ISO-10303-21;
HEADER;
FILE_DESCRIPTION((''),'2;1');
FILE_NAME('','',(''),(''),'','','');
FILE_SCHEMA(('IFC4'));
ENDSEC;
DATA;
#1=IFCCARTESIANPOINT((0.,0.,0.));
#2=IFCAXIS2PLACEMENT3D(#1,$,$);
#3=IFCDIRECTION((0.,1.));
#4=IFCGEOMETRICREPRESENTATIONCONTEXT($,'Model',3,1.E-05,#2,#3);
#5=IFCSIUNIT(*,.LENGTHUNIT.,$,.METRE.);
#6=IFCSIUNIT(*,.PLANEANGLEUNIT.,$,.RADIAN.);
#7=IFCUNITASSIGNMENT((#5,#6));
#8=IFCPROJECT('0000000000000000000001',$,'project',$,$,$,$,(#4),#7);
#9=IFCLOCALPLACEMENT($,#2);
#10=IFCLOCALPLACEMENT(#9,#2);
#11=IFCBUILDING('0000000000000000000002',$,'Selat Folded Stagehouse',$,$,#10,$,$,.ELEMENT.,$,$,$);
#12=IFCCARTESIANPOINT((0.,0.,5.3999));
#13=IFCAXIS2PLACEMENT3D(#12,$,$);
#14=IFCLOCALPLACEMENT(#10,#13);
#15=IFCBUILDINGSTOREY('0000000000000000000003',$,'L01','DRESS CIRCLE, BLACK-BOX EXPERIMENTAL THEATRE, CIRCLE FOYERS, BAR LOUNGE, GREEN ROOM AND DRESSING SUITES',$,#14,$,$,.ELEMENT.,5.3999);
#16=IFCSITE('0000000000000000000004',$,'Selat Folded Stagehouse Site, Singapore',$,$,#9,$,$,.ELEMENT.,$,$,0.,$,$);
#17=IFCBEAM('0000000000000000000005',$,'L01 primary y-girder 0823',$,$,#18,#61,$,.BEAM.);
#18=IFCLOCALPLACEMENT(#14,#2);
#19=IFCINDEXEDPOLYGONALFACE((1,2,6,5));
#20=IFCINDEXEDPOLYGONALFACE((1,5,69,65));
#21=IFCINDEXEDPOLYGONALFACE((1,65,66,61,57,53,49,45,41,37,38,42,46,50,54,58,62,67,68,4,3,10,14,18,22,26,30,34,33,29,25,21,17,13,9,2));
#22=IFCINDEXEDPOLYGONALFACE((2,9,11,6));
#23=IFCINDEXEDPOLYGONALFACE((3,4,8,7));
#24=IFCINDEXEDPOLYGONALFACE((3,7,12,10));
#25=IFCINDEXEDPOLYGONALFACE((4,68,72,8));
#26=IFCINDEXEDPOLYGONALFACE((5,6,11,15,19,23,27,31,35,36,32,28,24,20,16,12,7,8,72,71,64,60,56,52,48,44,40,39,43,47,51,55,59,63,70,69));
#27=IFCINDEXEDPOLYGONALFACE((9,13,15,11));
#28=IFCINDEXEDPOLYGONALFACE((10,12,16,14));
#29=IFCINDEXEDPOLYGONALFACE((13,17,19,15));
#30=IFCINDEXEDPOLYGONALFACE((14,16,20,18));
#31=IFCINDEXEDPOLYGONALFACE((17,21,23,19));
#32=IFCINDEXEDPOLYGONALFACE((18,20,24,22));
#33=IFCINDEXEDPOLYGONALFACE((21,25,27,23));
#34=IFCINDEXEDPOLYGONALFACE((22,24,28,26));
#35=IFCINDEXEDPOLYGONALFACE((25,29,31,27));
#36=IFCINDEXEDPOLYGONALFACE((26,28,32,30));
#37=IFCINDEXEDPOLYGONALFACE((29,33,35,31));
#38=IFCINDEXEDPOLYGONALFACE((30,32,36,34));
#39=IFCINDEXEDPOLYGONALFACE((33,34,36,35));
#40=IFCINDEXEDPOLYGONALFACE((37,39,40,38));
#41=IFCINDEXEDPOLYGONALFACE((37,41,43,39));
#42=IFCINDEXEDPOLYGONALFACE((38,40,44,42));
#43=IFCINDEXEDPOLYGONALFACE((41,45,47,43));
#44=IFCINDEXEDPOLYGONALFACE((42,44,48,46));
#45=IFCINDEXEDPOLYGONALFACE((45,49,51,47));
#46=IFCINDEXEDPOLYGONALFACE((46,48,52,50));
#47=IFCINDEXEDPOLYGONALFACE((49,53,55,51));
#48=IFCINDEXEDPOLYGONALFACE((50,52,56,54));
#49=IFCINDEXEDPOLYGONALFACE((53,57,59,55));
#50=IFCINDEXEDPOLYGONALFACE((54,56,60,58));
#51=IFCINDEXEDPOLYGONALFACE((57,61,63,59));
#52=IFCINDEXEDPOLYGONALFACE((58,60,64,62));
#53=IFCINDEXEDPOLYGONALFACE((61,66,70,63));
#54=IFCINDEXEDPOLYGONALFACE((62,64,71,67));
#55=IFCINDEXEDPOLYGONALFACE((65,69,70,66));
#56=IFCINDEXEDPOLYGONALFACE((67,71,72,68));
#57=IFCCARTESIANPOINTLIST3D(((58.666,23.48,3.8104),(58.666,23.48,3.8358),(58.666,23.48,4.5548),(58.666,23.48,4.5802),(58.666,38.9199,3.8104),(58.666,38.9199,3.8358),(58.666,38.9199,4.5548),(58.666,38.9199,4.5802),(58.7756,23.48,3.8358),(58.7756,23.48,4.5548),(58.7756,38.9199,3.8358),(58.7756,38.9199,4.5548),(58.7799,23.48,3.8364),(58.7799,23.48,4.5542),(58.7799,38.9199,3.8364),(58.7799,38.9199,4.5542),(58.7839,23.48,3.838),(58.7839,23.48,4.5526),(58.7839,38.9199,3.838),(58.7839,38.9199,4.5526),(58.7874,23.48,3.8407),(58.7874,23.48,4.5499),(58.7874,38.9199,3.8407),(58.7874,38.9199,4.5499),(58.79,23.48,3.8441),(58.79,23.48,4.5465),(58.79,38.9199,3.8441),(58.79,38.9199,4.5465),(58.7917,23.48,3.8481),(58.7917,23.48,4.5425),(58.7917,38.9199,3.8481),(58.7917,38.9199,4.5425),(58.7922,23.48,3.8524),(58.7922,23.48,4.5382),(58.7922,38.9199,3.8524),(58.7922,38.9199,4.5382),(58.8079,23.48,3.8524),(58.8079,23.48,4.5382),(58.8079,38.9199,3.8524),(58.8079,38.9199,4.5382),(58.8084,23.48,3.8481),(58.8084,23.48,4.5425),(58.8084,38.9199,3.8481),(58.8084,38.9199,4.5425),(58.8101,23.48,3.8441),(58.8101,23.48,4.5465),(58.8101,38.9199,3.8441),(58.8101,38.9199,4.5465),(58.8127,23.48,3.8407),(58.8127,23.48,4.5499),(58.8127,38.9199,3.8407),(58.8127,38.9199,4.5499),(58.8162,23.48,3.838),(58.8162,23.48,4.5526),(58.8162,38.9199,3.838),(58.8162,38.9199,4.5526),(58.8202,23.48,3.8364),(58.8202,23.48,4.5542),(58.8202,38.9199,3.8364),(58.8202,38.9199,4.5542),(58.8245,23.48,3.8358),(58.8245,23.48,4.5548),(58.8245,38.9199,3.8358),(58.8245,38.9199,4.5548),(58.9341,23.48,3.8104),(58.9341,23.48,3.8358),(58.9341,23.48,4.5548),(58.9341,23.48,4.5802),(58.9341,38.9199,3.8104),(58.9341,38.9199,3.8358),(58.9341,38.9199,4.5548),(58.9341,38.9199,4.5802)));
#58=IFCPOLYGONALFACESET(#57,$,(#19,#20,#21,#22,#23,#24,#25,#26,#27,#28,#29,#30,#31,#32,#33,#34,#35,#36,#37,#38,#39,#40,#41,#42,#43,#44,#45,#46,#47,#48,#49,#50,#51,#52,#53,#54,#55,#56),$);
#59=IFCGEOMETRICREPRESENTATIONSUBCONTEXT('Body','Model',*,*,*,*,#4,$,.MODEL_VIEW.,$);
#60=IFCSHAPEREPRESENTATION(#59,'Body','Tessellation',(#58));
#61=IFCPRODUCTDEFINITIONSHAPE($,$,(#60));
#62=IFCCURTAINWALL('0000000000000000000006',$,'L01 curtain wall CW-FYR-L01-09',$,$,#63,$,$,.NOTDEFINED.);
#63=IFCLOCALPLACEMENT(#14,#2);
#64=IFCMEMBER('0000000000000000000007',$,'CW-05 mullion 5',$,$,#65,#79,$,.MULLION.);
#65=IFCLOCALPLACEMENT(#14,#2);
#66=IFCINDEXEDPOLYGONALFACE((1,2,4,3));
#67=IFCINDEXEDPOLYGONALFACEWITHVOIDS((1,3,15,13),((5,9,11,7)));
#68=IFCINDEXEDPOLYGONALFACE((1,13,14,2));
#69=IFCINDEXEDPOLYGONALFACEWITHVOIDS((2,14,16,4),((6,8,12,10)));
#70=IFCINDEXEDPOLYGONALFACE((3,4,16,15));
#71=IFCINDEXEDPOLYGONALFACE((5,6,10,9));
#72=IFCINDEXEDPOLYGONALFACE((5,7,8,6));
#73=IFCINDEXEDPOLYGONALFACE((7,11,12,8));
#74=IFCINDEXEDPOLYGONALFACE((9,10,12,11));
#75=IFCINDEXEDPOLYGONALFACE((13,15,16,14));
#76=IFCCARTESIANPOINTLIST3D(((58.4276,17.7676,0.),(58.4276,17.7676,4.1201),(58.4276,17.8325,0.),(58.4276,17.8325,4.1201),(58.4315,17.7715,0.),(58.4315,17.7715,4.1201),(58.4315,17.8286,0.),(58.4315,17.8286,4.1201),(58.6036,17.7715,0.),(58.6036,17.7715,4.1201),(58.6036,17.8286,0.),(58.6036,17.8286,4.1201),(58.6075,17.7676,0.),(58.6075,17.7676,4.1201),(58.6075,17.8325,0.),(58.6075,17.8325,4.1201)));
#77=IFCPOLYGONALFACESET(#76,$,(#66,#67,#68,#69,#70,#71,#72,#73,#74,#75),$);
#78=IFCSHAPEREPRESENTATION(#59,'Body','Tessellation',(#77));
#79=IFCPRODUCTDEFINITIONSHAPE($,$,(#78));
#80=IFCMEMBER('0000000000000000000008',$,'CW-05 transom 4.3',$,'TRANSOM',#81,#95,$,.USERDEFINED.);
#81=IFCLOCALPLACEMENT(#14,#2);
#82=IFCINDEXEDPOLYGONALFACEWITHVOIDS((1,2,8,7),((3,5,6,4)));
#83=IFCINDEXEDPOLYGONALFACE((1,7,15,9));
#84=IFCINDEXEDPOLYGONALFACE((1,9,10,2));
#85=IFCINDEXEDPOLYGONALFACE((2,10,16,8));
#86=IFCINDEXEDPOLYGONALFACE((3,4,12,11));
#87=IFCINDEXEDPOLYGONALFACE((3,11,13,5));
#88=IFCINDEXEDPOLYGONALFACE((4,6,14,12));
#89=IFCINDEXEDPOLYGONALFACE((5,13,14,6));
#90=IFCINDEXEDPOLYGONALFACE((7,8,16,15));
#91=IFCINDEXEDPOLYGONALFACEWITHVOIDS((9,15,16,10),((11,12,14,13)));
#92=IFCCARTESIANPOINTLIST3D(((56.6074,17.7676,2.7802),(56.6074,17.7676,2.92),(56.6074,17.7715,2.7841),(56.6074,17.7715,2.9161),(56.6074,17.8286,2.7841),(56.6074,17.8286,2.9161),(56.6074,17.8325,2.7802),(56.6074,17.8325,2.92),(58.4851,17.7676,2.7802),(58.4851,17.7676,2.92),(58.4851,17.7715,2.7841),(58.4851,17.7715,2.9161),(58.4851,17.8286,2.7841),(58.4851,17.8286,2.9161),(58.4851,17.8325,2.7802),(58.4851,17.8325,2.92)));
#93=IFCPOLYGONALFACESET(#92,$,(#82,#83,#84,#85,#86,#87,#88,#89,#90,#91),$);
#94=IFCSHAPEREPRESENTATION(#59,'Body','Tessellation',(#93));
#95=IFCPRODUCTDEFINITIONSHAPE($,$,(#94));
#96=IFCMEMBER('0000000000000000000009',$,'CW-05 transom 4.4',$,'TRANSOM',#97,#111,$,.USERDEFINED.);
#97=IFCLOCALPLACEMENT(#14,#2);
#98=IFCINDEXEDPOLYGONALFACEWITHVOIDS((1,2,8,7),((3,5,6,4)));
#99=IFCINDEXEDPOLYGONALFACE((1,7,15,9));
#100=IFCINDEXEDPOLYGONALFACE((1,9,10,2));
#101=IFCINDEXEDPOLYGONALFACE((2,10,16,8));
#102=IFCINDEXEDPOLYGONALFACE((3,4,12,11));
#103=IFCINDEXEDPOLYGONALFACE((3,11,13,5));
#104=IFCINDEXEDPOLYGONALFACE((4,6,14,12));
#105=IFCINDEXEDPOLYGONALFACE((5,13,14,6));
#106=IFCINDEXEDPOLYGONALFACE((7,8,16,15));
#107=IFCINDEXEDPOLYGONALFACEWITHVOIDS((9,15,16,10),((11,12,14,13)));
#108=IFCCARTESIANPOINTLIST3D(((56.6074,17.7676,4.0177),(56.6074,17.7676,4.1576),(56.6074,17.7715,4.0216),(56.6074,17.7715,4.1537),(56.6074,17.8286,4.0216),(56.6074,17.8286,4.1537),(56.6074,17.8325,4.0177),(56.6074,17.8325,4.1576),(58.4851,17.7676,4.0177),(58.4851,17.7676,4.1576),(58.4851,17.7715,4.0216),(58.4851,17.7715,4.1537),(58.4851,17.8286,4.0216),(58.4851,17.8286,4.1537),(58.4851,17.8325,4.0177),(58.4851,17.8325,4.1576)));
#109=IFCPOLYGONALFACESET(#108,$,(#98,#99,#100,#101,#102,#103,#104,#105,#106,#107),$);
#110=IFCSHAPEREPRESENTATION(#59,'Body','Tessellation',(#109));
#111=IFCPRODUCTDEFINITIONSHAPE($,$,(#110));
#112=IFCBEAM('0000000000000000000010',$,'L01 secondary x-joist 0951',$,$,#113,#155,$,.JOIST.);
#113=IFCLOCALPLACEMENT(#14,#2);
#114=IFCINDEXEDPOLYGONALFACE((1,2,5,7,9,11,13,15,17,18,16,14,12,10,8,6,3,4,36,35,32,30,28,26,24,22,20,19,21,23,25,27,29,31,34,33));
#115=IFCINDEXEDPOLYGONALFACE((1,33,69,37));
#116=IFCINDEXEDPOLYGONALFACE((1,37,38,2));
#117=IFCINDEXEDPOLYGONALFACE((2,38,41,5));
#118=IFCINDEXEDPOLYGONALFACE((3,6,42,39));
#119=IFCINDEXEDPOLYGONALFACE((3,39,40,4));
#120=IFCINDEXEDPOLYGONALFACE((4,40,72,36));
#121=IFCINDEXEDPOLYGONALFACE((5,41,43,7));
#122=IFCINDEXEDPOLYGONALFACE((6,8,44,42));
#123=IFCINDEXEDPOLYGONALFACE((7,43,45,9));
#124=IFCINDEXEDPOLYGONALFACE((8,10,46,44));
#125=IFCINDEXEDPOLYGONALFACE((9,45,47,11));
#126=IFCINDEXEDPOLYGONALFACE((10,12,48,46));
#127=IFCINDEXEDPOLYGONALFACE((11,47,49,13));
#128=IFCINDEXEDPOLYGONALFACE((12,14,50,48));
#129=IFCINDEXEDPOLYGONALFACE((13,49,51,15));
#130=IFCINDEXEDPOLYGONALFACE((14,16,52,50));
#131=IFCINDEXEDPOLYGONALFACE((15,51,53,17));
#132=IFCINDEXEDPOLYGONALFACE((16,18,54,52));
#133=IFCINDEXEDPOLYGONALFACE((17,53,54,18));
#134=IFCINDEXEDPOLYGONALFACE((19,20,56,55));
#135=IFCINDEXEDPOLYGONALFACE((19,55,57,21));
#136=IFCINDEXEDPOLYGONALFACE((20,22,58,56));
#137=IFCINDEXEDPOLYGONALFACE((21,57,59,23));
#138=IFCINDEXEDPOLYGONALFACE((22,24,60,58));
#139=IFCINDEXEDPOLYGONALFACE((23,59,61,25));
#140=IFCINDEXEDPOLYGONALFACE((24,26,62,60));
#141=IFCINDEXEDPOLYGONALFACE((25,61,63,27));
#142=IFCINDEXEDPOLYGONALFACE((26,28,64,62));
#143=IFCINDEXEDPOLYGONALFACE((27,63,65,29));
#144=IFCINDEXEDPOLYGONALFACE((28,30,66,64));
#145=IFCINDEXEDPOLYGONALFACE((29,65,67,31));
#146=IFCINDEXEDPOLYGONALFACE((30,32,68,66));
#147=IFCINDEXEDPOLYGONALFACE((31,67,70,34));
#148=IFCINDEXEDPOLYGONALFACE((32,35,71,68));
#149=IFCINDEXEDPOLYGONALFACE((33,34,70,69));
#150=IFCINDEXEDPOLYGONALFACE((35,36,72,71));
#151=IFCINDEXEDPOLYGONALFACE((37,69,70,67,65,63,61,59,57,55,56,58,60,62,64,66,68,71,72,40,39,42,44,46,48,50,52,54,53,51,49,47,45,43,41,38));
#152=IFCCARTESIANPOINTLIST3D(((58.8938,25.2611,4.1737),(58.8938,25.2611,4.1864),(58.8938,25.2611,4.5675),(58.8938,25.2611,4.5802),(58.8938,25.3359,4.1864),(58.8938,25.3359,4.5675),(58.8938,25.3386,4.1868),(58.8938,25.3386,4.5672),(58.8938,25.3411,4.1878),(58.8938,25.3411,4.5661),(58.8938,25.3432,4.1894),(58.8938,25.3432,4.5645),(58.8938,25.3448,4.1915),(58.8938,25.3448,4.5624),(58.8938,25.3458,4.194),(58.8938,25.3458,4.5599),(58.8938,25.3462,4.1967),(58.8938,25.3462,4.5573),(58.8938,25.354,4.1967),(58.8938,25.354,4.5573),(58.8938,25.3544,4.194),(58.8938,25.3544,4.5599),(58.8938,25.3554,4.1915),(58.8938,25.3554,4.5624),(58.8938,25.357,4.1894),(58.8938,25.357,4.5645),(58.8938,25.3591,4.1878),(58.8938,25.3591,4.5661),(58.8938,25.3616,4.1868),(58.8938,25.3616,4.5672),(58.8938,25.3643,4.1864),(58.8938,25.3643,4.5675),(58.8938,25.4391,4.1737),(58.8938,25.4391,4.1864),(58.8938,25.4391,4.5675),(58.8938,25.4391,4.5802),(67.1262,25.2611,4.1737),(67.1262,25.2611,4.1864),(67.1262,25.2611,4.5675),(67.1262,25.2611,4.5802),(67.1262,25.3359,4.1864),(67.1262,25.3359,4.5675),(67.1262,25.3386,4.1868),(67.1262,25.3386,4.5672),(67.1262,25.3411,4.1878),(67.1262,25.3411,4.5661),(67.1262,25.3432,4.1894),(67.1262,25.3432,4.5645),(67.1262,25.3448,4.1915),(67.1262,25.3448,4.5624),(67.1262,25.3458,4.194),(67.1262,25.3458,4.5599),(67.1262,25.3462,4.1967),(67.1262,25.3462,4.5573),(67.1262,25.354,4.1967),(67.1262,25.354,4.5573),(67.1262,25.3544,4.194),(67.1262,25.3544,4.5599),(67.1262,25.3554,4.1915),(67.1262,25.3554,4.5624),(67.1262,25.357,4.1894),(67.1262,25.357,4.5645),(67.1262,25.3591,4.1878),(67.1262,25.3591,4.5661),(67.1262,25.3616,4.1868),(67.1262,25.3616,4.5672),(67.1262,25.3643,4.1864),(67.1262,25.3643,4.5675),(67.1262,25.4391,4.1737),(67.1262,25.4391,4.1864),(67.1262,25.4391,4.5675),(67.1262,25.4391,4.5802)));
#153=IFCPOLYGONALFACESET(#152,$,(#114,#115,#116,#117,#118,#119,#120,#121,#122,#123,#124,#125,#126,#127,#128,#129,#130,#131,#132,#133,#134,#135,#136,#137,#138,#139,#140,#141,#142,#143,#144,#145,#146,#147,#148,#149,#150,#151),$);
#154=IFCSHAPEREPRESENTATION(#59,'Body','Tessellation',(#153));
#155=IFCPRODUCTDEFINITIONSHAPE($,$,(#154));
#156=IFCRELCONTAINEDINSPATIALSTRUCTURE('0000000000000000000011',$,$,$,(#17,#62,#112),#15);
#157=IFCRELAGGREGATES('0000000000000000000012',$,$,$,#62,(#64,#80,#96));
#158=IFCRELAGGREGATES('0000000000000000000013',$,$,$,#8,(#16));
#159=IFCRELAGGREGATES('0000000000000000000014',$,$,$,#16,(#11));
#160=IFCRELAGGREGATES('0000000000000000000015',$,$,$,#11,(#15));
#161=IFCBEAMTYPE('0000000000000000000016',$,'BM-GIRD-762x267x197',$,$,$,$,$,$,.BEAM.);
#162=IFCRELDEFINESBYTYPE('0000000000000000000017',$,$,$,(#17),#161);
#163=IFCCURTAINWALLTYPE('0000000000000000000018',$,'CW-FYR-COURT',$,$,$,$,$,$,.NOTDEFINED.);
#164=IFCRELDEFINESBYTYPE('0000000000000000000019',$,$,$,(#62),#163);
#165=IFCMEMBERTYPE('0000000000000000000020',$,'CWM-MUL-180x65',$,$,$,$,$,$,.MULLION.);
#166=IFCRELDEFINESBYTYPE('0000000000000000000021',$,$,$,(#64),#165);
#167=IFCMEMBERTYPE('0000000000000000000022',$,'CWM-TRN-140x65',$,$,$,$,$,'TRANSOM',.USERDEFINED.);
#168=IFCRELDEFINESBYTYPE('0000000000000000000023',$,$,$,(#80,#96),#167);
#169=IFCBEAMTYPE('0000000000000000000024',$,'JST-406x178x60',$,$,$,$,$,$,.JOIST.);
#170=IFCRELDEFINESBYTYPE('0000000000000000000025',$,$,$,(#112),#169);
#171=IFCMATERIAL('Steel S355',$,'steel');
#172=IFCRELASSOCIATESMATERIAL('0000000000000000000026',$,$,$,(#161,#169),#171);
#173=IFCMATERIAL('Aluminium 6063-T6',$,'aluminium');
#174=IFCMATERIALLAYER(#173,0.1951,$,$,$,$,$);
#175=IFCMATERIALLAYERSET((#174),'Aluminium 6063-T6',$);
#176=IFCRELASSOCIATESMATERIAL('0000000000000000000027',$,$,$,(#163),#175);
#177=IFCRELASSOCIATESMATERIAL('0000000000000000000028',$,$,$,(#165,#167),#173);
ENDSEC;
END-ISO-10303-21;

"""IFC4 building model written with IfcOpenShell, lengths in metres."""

from ifc_helpers import new_model, si_unit, direction, frame, origin, origin_2d, place, context, subcontext, project, spatial, hollow_rectangle, i_section, extrude, material, layer, layer_set, material_profile, profile_set, type_object, element, aggregate, save


model = new_model("IFC4")

# Units and contexts
model_context = context("Model", 3, precision=1e-05, world=origin(), true_north=direction((0.0, 1.0)))
body_context = subcontext(model_context, "Body", "Model", "MODEL_VIEW")
ifc_project = project(units=[si_unit("LENGTHUNIT", "METRE"), si_unit("PLANEANGLEUNIT", "RADIAN")], contexts=[model_context])

# Site, building, storey
site_placement = place(None, origin())
site = spatial("IfcSite", under=ifc_project, at=site_placement, Name="Selat Folded Stagehouse Site, Singapore", CompositionType="ELEMENT", RefElevation=0.0)
building_placement = place(site_placement, origin())
building = spatial("IfcBuilding", under=site, at=building_placement, Name="Selat Folded Stagehouse", CompositionType="ELEMENT")
storey_placement = place(building_placement, frame((0.0, 0.0, 5.3999)))
storey = spatial("IfcBuildingStorey", under=building, at=storey_placement, Name="L01", Description="DRESS CIRCLE, BLACK-BOX EXPERIMENTAL THEATRE, CIRCLE FOYERS, BAR LOUNGE, GREEN ROOM AND DRESSING SUITES", CompositionType="ELEMENT", Elevation=5.3999)

# Shared definitions
ifc_material_1 = material(Name="Steel S355", Category="steel")

# Beam
ifc_material_profile_1 = material_profile(ifc_material_1, i_section(OverallWidth=0.2681, OverallDepth=0.7698, WebThickness=0.0156, FlangeThickness=0.0254, FilletRadius=0.0166, at=origin_2d()), Name="UKB 762x267x197")
ifc_profile_set_1 = profile_set([ifc_material_profile_1], Name="Steel S355")
beam_type_1 = type_object("IfcBeamType", Name="BM-GIRD-762x267x197", PredefinedType="BEAM", material=ifc_profile_set_1)
beam_1_placement = place(storey_placement, frame((58.8, 23.48, 4.1953), z_axis=(0.0, 1.0, 0.0), x_axis=(-1.0, 0.0, 0.0)))
element("IfcBeam", 1, at=beam_1_placement, inside=storey, type_object=beam_type_1, Name="L01 primary y-girder 0823", PredefinedType="BEAM", context=body_context, shape_type="SweptSolid", body=[
    extrude(i_section(OverallWidth=0.2681, OverallDepth=0.7698, WebThickness=0.0156, FlangeThickness=0.0254, FilletRadius=0.0166, at=origin_2d()), origin(), (0.0, 0.0, 1.0), 15.4399),
])

# Curtain wall, members
ifc_material_2 = material(Name="Aluminium 6063-T6", Category="aluminium")
ifc_layer_1 = layer(ifc_material_2, 0.1951)
ifc_layer_set_1 = layer_set([ifc_layer_1], Name="Aluminium 6063-T6")
curtain_wall_type = type_object("IfcCurtainWallType", Name="CW-FYR-COURT", PredefinedType="NOTDEFINED", material=ifc_layer_set_1)
curtain_wall_placement = place(storey_placement, origin())
curtain_wall = element("IfcCurtainWall", 2, at=curtain_wall_placement, inside=storey, type_object=curtain_wall_type, Name="L01 curtain wall CW-FYR-L01-09", PredefinedType="NOTDEFINED")
ifc_material_profile_2 = material_profile(ifc_material_2, hollow_rectangle(XDim=0.0649, YDim=0.1799, WallThickness=0.0039, at=origin_2d()), Name="ALU 180x65x4.0")
ifc_profile_set_2 = profile_set([ifc_material_profile_2], Name="Aluminium 6063-T6")
member_type_1 = type_object("IfcMemberType", Name="CWM-MUL-180x65", PredefinedType="MULLION", material=ifc_profile_set_2)
member_1_placement = place(storey_placement, frame((58.5176, 17.8, 0.0), z_axis=(0.0, 0.0, 1.0), x_axis=(0.0, 1.0, 0.0)))
member_1 = element("IfcMember", 3, at=member_1_placement, type_object=member_type_1, Name="CW-05 mullion 5", PredefinedType="MULLION", context=body_context, shape_type="SweptSolid", body=[
    extrude(hollow_rectangle(XDim=0.0649, YDim=0.1799, WallThickness=0.0039, at=origin_2d()), origin(), (0.0, 0.0, 1.0), 4.1201),
])
ifc_material_profile_3 = material_profile(ifc_material_2, hollow_rectangle(XDim=0.0649, YDim=0.1399, WallThickness=0.0039, at=origin_2d()), Name="ALU 140x65x4.0")
ifc_profile_set_3 = profile_set([ifc_material_profile_3], Name="Aluminium 6063-T6")
member_type_2 = type_object("IfcMemberType", Name="CWM-TRN-140x65", ElementType="TRANSOM", PredefinedType="USERDEFINED", material=ifc_profile_set_3)
member_2_placement = place(storey_placement, frame((56.6074, 17.8, 2.8501), z_axis=(1.0, 0.0, 0.0), x_axis=(0.0, 1.0, 0.0)))
member_2 = element("IfcMember", 4, at=member_2_placement, type_object=member_type_2, Name="CW-05 transom 4.3", ObjectType="TRANSOM", PredefinedType="USERDEFINED", context=body_context, shape_type="SweptSolid", body=[
    extrude(hollow_rectangle(XDim=0.0649, YDim=0.1399, WallThickness=0.0039, at=origin_2d()), origin(), (0.0, 0.0, 1.0), 1.8777),
])
member_3_placement = place(storey_placement, frame((56.6074, 17.8, 4.0876), z_axis=(1.0, 0.0, 0.0), x_axis=(0.0, 1.0, 0.0)))
member_3 = element("IfcMember", 5, at=member_3_placement, type_object=member_type_2, Name="CW-05 transom 4.4", ObjectType="TRANSOM", PredefinedType="USERDEFINED", context=body_context, shape_type="SweptSolid", body=[
    extrude(hollow_rectangle(XDim=0.0649, YDim=0.1399, WallThickness=0.0039, at=origin_2d()), origin(), (0.0, 0.0, 1.0), 1.8777),
])

# Beam
ifc_material_profile_4 = material_profile(ifc_material_1, i_section(OverallWidth=0.178, OverallDepth=0.4065, WebThickness=0.0078, FlangeThickness=0.0127, FilletRadius=0.0103, at=origin_2d()), Name="UKB 406x178x60")
ifc_profile_set_4 = profile_set([ifc_material_profile_4], Name="Steel S355")
beam_type_2 = type_object("IfcBeamType", Name="JST-406x178x60", PredefinedType="JOIST", material=ifc_profile_set_4)
for number, where, z_axis, x_axis, name in (
    (6, (58.8938, 25.3501, 4.377), (1.0, 0.0, 0.0), (0.0, 1.0, 0.0), "L01 secondary x-joist 0951"),
):
    element("IfcBeam", number, at=place(storey_placement, frame(where, z_axis=z_axis, x_axis=x_axis)), inside=storey, type_object=beam_type_2, Name=name, PredefinedType="JOIST", context=body_context, shape_type="SweptSolid", body=[
        extrude(i_section(OverallWidth=0.178, OverallDepth=0.4065, WebThickness=0.0078, FlangeThickness=0.0127, FilletRadius=0.0103, at=origin_2d()), origin(), (0.0, 0.0, 1.0), 8.2324),
    ])

aggregate(curtain_wall, [member_1, member_2, member_3])

save(model, "model.ifc")
